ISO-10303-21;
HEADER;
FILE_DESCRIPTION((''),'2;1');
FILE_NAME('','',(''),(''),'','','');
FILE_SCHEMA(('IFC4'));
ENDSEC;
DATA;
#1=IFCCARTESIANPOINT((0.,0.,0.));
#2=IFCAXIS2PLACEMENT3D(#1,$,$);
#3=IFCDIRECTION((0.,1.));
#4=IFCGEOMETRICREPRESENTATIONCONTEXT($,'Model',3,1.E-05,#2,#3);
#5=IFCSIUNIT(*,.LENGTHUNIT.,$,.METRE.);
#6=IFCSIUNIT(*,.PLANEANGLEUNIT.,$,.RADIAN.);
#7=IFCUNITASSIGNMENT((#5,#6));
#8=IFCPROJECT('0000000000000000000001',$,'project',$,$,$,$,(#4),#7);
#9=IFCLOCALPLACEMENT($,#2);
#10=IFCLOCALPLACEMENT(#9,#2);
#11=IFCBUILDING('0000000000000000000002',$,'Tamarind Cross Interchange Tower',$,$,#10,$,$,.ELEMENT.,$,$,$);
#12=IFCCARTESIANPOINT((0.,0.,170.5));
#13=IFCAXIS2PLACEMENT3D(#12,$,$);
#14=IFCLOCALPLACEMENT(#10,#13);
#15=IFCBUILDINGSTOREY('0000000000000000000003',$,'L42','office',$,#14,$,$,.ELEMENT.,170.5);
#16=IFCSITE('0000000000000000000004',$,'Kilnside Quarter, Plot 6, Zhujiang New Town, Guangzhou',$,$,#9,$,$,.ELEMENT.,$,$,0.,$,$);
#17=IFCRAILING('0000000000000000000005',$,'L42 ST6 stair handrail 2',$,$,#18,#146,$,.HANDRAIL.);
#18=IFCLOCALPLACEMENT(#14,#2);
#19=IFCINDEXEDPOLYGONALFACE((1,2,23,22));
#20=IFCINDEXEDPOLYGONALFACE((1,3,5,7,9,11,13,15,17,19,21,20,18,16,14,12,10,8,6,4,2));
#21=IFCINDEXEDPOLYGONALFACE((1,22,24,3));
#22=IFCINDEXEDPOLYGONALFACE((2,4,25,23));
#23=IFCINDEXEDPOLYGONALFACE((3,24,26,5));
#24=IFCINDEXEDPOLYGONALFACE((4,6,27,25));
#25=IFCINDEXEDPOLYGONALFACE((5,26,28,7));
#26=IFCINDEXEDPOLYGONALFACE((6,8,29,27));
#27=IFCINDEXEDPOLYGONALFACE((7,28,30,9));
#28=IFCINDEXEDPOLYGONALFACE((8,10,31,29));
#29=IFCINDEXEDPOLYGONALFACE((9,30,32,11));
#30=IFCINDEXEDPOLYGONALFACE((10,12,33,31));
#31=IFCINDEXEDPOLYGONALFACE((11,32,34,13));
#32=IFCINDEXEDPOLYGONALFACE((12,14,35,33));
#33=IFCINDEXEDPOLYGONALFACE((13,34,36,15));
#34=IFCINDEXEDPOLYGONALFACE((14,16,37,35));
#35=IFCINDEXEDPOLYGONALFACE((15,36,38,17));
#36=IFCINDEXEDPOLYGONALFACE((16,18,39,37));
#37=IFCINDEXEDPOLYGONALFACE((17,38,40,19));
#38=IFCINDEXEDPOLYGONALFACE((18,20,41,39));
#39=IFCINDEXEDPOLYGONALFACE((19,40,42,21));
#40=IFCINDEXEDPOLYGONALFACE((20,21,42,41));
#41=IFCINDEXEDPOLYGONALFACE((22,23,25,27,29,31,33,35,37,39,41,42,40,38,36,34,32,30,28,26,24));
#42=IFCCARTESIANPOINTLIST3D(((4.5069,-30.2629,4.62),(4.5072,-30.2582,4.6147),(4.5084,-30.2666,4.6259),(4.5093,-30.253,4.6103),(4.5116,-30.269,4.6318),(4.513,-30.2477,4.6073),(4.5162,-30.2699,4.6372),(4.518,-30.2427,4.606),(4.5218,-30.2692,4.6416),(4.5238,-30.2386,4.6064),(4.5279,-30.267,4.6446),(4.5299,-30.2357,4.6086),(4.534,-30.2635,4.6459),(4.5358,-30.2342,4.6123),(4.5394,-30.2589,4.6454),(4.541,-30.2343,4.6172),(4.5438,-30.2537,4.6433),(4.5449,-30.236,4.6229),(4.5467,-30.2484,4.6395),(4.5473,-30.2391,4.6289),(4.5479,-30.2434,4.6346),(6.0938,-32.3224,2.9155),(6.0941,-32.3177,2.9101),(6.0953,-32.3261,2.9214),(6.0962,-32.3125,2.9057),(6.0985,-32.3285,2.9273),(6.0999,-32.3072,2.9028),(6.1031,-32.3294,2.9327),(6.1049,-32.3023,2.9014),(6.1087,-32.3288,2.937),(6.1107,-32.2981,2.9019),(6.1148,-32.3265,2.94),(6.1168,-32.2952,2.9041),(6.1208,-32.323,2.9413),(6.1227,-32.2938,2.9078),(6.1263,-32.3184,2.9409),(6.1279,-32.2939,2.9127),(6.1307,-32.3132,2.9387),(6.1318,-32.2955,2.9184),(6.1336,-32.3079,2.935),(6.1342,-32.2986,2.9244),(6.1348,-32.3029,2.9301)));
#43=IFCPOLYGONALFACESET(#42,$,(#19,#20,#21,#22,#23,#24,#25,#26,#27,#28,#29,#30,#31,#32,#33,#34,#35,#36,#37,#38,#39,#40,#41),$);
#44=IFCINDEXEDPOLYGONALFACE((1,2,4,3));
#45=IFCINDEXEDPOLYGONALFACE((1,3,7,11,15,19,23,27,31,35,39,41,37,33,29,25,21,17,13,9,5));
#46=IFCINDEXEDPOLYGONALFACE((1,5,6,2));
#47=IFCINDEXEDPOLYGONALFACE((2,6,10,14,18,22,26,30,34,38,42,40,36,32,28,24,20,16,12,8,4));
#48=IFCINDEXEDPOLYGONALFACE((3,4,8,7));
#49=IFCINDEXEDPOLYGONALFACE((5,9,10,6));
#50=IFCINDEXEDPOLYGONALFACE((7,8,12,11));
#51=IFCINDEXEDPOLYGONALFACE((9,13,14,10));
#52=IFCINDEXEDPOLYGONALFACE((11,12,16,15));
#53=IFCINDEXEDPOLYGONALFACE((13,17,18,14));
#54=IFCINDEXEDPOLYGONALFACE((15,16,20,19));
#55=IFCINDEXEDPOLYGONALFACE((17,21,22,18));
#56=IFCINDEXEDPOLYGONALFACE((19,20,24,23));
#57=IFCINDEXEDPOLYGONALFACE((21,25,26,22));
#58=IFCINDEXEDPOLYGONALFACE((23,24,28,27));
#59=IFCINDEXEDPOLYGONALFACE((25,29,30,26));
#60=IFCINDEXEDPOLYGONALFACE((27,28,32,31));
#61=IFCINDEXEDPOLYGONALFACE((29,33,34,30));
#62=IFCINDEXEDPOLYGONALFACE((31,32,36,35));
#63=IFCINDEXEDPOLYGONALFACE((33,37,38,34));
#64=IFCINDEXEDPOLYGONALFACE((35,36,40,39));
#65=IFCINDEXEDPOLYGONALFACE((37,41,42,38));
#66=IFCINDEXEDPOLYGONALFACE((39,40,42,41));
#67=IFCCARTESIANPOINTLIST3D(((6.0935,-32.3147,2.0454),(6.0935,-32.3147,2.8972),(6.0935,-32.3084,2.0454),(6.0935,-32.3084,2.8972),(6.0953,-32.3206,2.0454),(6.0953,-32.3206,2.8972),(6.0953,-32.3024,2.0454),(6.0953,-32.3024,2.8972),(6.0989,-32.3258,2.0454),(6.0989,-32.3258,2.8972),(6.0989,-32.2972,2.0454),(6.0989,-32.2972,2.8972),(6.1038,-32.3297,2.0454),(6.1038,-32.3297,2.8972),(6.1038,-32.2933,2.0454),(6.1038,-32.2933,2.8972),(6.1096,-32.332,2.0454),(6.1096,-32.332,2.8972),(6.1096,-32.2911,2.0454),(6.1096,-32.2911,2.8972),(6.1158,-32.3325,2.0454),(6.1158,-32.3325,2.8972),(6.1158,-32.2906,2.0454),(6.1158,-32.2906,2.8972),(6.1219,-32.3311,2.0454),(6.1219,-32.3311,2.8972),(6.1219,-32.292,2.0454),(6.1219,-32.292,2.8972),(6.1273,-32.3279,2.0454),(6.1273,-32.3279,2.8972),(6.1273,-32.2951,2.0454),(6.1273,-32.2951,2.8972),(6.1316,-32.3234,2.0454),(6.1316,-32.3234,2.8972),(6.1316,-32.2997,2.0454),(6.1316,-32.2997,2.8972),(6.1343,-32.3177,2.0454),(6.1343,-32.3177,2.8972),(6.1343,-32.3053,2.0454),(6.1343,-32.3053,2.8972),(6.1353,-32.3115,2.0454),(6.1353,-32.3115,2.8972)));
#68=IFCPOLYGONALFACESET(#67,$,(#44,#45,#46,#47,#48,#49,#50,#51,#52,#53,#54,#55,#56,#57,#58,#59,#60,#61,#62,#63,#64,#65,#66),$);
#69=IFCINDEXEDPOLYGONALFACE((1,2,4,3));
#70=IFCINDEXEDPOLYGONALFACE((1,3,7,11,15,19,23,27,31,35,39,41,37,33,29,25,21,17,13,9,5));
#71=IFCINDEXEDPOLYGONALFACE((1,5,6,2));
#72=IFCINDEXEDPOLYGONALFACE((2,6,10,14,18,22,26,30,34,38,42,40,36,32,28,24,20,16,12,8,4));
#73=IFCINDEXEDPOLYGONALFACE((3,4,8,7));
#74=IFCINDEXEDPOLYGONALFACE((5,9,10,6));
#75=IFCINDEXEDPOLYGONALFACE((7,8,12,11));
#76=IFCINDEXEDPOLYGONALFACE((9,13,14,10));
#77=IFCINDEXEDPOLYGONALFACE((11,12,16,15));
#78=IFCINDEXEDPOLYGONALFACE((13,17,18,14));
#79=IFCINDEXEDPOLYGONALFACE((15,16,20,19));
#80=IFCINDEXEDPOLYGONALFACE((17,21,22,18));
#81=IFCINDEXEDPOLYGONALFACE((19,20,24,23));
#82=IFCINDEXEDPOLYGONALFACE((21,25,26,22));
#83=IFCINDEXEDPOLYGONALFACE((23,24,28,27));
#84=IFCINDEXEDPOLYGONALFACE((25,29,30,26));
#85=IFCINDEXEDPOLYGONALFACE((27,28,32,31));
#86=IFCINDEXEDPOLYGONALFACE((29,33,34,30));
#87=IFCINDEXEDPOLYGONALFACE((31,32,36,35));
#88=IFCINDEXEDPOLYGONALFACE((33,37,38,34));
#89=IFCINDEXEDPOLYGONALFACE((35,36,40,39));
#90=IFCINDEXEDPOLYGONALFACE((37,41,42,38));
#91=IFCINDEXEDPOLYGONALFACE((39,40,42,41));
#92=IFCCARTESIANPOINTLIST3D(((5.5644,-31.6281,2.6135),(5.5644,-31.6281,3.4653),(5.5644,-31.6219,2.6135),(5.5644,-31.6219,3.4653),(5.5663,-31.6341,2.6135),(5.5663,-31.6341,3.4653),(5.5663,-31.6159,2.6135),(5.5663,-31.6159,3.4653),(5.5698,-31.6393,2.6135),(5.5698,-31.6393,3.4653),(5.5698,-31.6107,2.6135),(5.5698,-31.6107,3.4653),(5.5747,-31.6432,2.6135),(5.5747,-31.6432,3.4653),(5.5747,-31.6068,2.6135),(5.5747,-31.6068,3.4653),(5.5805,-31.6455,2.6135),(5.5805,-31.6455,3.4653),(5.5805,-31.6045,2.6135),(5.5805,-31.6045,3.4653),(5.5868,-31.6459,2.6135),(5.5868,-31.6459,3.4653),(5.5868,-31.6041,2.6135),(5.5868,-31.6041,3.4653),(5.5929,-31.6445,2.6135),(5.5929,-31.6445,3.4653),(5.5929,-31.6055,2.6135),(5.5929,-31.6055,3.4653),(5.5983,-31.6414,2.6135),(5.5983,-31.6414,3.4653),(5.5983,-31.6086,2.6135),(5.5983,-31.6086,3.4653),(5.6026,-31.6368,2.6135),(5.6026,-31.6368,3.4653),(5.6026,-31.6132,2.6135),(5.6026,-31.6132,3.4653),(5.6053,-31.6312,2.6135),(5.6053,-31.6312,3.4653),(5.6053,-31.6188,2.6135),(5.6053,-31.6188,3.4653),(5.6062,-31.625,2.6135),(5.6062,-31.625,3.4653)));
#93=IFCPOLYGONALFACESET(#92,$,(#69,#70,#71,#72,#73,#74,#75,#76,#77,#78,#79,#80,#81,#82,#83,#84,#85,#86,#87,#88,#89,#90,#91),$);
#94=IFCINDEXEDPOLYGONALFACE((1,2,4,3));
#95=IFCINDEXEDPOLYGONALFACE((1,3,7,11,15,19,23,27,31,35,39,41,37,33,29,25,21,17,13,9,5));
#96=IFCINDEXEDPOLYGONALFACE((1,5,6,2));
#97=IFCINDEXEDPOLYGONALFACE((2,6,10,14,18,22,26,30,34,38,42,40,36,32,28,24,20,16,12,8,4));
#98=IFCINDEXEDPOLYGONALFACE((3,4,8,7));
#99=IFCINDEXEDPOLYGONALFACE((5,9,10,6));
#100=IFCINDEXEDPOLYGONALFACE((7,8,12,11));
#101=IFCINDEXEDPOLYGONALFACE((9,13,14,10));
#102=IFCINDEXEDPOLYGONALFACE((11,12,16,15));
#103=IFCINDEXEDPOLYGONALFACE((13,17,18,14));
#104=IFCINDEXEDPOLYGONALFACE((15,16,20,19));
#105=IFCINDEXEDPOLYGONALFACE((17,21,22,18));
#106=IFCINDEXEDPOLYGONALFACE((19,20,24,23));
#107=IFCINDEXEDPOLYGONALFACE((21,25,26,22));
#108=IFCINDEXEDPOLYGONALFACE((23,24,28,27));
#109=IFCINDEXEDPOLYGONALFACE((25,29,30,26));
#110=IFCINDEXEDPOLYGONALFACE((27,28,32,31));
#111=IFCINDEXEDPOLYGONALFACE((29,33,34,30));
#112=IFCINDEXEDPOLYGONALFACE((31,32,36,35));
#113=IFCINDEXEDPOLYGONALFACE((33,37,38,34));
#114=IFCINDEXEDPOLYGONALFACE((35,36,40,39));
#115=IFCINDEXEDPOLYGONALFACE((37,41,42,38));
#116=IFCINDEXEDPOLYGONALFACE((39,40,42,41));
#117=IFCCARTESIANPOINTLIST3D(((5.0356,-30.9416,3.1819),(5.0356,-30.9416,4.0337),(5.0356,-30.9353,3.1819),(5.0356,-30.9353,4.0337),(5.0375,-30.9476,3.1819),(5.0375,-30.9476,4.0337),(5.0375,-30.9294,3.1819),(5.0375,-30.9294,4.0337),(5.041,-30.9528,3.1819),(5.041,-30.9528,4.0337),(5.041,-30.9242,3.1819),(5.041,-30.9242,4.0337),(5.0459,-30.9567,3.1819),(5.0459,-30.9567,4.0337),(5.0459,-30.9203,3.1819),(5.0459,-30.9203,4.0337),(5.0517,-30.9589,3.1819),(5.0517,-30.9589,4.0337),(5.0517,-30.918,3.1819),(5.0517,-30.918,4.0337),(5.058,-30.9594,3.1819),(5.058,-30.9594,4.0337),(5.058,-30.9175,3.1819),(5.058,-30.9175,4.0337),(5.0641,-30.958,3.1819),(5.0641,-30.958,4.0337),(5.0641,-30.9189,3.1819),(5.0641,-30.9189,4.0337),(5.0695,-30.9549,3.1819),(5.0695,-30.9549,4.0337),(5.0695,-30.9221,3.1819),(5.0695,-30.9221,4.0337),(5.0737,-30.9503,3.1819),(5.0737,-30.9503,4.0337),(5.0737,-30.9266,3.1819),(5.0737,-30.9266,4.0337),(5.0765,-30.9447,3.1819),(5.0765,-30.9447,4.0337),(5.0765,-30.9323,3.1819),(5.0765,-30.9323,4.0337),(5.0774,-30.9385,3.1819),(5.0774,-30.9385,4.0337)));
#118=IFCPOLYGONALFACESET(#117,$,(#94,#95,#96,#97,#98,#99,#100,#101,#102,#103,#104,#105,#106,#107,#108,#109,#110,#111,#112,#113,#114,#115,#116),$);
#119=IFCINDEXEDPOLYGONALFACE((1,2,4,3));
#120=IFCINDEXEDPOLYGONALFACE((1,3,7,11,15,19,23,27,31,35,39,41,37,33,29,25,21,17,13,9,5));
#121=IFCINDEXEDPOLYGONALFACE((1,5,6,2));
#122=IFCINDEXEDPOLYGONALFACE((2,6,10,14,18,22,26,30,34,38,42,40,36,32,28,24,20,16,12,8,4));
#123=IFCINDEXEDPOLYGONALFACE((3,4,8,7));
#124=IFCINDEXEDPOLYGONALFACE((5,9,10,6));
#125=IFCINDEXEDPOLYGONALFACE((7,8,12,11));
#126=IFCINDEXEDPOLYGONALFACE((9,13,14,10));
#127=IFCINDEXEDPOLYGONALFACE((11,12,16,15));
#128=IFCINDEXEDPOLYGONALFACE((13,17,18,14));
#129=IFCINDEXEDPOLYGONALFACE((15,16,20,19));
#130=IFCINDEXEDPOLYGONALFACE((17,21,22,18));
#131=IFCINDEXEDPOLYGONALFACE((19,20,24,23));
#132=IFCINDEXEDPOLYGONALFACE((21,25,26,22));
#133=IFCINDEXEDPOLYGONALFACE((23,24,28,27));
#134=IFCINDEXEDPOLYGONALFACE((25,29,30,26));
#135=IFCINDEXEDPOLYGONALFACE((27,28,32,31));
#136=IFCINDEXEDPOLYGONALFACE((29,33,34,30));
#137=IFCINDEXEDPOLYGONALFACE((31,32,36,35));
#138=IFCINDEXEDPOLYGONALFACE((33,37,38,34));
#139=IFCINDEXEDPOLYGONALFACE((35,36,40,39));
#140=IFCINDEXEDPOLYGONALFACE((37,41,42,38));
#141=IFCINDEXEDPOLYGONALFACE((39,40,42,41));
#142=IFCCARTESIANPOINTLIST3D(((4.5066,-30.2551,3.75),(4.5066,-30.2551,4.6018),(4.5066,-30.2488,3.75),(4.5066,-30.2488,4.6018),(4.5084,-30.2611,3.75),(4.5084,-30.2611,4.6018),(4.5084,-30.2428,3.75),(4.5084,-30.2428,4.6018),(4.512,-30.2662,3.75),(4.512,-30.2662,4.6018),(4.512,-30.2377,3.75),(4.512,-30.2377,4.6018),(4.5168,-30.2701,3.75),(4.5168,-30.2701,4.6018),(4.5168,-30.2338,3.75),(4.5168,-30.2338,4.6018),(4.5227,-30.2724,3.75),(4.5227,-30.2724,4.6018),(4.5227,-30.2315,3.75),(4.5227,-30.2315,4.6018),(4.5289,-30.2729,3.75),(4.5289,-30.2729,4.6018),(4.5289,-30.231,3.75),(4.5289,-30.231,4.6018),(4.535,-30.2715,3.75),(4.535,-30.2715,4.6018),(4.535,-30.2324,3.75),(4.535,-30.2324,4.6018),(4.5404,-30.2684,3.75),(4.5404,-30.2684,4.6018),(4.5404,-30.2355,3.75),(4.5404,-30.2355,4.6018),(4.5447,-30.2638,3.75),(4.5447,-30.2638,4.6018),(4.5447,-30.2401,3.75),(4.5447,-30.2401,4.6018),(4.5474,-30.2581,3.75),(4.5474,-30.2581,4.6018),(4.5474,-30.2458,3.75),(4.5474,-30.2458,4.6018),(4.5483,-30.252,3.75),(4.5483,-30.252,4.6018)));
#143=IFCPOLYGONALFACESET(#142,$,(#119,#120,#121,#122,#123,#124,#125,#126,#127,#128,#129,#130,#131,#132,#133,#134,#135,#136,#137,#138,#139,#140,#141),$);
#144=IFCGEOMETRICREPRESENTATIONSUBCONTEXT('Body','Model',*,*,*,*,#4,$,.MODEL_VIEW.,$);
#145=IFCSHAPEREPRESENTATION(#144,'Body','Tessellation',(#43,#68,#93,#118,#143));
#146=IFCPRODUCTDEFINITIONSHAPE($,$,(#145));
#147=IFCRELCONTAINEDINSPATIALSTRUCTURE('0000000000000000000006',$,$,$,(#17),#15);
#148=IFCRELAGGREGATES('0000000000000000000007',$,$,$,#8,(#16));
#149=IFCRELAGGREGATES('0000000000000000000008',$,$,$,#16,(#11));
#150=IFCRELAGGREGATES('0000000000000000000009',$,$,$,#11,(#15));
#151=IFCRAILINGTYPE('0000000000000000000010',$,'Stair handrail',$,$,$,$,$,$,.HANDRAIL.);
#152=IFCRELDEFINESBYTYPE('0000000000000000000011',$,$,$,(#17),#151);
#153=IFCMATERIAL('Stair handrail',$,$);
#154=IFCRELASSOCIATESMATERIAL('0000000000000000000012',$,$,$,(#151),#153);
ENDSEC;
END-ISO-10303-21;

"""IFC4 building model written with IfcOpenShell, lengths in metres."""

from ifc_helpers import new_model, si_unit, direction, frame, origin, origin_2d, place, context, subcontext, project, spatial, circle, extrude, material, type_object, element, save


model = new_model("IFC4")

# Units and contexts
model_context = context("Model", 3, precision=1e-05, world=origin(), true_north=direction((0.0, 1.0)))
body_context = subcontext(model_context, "Body", "Model", "MODEL_VIEW")
ifc_project = project(units=[si_unit("LENGTHUNIT", "METRE"), si_unit("PLANEANGLEUNIT", "RADIAN")], contexts=[model_context])

# Site, building, storey
site_placement = place(None, origin())
site = spatial("IfcSite", under=ifc_project, at=site_placement, Name="Kilnside Quarter, Plot 6, Zhujiang New Town, Guangzhou", CompositionType="ELEMENT", RefElevation=0.0)
building_placement = place(site_placement, origin())
building = spatial("IfcBuilding", under=site, at=building_placement, Name="Tamarind Cross Interchange Tower", CompositionType="ELEMENT")
storey_placement = place(building_placement, frame((0.0, 0.0, 170.5)))
storey = spatial("IfcBuildingStorey", under=building, at=storey_placement, Name="L42", Description="office", CompositionType="ELEMENT", Elevation=170.5)

# Railing
ifc_material_1 = material(Name="Stair handrail")
railing_type_1 = type_object("IfcRailingType", Name="Stair handrail", PredefinedType="HANDRAIL", material=ifc_material_1)
railing_1_placement = place(storey_placement, frame((6.1143, -32.3115, 2.0454)))
element("IfcRailing", 1, at=railing_1_placement, inside=storey, type_object=railing_type_1, Name="L42 ST6 stair handrail 2", PredefinedType="HANDRAIL", context=body_context, shape_type="SweptSolid", body=[
    extrude(circle(Radius=0.0239, at=origin_2d()), frame((0.0, 0.0, 0.876), z_axis=(-0.510429, 0.662459, 0.54828), x_axis=(-0.792135, -0.610346, 0.0)), (0.0, 0.0, 1.0), 3.1089),
    extrude(circle(Radius=0.021, at=origin_2d()), origin(), (0.0, 0.0, 1.0), 0.8518),
    extrude(circle(Radius=0.021, at=origin_2d()), frame((-0.5291, 0.6865, 0.5681)), (0.0, 0.0, 1.0), 0.8518),
    extrude(circle(Radius=0.021, at=origin_2d()), frame((-1.0579, 1.373, 1.1365)), (0.0, 0.0, 1.0), 0.8518),
    extrude(circle(Radius=0.021, at=origin_2d()), frame((-1.5869, 2.0596, 1.7046)), (0.0, 0.0, 1.0), 0.8518),
])

save(model, "model.ifc")
